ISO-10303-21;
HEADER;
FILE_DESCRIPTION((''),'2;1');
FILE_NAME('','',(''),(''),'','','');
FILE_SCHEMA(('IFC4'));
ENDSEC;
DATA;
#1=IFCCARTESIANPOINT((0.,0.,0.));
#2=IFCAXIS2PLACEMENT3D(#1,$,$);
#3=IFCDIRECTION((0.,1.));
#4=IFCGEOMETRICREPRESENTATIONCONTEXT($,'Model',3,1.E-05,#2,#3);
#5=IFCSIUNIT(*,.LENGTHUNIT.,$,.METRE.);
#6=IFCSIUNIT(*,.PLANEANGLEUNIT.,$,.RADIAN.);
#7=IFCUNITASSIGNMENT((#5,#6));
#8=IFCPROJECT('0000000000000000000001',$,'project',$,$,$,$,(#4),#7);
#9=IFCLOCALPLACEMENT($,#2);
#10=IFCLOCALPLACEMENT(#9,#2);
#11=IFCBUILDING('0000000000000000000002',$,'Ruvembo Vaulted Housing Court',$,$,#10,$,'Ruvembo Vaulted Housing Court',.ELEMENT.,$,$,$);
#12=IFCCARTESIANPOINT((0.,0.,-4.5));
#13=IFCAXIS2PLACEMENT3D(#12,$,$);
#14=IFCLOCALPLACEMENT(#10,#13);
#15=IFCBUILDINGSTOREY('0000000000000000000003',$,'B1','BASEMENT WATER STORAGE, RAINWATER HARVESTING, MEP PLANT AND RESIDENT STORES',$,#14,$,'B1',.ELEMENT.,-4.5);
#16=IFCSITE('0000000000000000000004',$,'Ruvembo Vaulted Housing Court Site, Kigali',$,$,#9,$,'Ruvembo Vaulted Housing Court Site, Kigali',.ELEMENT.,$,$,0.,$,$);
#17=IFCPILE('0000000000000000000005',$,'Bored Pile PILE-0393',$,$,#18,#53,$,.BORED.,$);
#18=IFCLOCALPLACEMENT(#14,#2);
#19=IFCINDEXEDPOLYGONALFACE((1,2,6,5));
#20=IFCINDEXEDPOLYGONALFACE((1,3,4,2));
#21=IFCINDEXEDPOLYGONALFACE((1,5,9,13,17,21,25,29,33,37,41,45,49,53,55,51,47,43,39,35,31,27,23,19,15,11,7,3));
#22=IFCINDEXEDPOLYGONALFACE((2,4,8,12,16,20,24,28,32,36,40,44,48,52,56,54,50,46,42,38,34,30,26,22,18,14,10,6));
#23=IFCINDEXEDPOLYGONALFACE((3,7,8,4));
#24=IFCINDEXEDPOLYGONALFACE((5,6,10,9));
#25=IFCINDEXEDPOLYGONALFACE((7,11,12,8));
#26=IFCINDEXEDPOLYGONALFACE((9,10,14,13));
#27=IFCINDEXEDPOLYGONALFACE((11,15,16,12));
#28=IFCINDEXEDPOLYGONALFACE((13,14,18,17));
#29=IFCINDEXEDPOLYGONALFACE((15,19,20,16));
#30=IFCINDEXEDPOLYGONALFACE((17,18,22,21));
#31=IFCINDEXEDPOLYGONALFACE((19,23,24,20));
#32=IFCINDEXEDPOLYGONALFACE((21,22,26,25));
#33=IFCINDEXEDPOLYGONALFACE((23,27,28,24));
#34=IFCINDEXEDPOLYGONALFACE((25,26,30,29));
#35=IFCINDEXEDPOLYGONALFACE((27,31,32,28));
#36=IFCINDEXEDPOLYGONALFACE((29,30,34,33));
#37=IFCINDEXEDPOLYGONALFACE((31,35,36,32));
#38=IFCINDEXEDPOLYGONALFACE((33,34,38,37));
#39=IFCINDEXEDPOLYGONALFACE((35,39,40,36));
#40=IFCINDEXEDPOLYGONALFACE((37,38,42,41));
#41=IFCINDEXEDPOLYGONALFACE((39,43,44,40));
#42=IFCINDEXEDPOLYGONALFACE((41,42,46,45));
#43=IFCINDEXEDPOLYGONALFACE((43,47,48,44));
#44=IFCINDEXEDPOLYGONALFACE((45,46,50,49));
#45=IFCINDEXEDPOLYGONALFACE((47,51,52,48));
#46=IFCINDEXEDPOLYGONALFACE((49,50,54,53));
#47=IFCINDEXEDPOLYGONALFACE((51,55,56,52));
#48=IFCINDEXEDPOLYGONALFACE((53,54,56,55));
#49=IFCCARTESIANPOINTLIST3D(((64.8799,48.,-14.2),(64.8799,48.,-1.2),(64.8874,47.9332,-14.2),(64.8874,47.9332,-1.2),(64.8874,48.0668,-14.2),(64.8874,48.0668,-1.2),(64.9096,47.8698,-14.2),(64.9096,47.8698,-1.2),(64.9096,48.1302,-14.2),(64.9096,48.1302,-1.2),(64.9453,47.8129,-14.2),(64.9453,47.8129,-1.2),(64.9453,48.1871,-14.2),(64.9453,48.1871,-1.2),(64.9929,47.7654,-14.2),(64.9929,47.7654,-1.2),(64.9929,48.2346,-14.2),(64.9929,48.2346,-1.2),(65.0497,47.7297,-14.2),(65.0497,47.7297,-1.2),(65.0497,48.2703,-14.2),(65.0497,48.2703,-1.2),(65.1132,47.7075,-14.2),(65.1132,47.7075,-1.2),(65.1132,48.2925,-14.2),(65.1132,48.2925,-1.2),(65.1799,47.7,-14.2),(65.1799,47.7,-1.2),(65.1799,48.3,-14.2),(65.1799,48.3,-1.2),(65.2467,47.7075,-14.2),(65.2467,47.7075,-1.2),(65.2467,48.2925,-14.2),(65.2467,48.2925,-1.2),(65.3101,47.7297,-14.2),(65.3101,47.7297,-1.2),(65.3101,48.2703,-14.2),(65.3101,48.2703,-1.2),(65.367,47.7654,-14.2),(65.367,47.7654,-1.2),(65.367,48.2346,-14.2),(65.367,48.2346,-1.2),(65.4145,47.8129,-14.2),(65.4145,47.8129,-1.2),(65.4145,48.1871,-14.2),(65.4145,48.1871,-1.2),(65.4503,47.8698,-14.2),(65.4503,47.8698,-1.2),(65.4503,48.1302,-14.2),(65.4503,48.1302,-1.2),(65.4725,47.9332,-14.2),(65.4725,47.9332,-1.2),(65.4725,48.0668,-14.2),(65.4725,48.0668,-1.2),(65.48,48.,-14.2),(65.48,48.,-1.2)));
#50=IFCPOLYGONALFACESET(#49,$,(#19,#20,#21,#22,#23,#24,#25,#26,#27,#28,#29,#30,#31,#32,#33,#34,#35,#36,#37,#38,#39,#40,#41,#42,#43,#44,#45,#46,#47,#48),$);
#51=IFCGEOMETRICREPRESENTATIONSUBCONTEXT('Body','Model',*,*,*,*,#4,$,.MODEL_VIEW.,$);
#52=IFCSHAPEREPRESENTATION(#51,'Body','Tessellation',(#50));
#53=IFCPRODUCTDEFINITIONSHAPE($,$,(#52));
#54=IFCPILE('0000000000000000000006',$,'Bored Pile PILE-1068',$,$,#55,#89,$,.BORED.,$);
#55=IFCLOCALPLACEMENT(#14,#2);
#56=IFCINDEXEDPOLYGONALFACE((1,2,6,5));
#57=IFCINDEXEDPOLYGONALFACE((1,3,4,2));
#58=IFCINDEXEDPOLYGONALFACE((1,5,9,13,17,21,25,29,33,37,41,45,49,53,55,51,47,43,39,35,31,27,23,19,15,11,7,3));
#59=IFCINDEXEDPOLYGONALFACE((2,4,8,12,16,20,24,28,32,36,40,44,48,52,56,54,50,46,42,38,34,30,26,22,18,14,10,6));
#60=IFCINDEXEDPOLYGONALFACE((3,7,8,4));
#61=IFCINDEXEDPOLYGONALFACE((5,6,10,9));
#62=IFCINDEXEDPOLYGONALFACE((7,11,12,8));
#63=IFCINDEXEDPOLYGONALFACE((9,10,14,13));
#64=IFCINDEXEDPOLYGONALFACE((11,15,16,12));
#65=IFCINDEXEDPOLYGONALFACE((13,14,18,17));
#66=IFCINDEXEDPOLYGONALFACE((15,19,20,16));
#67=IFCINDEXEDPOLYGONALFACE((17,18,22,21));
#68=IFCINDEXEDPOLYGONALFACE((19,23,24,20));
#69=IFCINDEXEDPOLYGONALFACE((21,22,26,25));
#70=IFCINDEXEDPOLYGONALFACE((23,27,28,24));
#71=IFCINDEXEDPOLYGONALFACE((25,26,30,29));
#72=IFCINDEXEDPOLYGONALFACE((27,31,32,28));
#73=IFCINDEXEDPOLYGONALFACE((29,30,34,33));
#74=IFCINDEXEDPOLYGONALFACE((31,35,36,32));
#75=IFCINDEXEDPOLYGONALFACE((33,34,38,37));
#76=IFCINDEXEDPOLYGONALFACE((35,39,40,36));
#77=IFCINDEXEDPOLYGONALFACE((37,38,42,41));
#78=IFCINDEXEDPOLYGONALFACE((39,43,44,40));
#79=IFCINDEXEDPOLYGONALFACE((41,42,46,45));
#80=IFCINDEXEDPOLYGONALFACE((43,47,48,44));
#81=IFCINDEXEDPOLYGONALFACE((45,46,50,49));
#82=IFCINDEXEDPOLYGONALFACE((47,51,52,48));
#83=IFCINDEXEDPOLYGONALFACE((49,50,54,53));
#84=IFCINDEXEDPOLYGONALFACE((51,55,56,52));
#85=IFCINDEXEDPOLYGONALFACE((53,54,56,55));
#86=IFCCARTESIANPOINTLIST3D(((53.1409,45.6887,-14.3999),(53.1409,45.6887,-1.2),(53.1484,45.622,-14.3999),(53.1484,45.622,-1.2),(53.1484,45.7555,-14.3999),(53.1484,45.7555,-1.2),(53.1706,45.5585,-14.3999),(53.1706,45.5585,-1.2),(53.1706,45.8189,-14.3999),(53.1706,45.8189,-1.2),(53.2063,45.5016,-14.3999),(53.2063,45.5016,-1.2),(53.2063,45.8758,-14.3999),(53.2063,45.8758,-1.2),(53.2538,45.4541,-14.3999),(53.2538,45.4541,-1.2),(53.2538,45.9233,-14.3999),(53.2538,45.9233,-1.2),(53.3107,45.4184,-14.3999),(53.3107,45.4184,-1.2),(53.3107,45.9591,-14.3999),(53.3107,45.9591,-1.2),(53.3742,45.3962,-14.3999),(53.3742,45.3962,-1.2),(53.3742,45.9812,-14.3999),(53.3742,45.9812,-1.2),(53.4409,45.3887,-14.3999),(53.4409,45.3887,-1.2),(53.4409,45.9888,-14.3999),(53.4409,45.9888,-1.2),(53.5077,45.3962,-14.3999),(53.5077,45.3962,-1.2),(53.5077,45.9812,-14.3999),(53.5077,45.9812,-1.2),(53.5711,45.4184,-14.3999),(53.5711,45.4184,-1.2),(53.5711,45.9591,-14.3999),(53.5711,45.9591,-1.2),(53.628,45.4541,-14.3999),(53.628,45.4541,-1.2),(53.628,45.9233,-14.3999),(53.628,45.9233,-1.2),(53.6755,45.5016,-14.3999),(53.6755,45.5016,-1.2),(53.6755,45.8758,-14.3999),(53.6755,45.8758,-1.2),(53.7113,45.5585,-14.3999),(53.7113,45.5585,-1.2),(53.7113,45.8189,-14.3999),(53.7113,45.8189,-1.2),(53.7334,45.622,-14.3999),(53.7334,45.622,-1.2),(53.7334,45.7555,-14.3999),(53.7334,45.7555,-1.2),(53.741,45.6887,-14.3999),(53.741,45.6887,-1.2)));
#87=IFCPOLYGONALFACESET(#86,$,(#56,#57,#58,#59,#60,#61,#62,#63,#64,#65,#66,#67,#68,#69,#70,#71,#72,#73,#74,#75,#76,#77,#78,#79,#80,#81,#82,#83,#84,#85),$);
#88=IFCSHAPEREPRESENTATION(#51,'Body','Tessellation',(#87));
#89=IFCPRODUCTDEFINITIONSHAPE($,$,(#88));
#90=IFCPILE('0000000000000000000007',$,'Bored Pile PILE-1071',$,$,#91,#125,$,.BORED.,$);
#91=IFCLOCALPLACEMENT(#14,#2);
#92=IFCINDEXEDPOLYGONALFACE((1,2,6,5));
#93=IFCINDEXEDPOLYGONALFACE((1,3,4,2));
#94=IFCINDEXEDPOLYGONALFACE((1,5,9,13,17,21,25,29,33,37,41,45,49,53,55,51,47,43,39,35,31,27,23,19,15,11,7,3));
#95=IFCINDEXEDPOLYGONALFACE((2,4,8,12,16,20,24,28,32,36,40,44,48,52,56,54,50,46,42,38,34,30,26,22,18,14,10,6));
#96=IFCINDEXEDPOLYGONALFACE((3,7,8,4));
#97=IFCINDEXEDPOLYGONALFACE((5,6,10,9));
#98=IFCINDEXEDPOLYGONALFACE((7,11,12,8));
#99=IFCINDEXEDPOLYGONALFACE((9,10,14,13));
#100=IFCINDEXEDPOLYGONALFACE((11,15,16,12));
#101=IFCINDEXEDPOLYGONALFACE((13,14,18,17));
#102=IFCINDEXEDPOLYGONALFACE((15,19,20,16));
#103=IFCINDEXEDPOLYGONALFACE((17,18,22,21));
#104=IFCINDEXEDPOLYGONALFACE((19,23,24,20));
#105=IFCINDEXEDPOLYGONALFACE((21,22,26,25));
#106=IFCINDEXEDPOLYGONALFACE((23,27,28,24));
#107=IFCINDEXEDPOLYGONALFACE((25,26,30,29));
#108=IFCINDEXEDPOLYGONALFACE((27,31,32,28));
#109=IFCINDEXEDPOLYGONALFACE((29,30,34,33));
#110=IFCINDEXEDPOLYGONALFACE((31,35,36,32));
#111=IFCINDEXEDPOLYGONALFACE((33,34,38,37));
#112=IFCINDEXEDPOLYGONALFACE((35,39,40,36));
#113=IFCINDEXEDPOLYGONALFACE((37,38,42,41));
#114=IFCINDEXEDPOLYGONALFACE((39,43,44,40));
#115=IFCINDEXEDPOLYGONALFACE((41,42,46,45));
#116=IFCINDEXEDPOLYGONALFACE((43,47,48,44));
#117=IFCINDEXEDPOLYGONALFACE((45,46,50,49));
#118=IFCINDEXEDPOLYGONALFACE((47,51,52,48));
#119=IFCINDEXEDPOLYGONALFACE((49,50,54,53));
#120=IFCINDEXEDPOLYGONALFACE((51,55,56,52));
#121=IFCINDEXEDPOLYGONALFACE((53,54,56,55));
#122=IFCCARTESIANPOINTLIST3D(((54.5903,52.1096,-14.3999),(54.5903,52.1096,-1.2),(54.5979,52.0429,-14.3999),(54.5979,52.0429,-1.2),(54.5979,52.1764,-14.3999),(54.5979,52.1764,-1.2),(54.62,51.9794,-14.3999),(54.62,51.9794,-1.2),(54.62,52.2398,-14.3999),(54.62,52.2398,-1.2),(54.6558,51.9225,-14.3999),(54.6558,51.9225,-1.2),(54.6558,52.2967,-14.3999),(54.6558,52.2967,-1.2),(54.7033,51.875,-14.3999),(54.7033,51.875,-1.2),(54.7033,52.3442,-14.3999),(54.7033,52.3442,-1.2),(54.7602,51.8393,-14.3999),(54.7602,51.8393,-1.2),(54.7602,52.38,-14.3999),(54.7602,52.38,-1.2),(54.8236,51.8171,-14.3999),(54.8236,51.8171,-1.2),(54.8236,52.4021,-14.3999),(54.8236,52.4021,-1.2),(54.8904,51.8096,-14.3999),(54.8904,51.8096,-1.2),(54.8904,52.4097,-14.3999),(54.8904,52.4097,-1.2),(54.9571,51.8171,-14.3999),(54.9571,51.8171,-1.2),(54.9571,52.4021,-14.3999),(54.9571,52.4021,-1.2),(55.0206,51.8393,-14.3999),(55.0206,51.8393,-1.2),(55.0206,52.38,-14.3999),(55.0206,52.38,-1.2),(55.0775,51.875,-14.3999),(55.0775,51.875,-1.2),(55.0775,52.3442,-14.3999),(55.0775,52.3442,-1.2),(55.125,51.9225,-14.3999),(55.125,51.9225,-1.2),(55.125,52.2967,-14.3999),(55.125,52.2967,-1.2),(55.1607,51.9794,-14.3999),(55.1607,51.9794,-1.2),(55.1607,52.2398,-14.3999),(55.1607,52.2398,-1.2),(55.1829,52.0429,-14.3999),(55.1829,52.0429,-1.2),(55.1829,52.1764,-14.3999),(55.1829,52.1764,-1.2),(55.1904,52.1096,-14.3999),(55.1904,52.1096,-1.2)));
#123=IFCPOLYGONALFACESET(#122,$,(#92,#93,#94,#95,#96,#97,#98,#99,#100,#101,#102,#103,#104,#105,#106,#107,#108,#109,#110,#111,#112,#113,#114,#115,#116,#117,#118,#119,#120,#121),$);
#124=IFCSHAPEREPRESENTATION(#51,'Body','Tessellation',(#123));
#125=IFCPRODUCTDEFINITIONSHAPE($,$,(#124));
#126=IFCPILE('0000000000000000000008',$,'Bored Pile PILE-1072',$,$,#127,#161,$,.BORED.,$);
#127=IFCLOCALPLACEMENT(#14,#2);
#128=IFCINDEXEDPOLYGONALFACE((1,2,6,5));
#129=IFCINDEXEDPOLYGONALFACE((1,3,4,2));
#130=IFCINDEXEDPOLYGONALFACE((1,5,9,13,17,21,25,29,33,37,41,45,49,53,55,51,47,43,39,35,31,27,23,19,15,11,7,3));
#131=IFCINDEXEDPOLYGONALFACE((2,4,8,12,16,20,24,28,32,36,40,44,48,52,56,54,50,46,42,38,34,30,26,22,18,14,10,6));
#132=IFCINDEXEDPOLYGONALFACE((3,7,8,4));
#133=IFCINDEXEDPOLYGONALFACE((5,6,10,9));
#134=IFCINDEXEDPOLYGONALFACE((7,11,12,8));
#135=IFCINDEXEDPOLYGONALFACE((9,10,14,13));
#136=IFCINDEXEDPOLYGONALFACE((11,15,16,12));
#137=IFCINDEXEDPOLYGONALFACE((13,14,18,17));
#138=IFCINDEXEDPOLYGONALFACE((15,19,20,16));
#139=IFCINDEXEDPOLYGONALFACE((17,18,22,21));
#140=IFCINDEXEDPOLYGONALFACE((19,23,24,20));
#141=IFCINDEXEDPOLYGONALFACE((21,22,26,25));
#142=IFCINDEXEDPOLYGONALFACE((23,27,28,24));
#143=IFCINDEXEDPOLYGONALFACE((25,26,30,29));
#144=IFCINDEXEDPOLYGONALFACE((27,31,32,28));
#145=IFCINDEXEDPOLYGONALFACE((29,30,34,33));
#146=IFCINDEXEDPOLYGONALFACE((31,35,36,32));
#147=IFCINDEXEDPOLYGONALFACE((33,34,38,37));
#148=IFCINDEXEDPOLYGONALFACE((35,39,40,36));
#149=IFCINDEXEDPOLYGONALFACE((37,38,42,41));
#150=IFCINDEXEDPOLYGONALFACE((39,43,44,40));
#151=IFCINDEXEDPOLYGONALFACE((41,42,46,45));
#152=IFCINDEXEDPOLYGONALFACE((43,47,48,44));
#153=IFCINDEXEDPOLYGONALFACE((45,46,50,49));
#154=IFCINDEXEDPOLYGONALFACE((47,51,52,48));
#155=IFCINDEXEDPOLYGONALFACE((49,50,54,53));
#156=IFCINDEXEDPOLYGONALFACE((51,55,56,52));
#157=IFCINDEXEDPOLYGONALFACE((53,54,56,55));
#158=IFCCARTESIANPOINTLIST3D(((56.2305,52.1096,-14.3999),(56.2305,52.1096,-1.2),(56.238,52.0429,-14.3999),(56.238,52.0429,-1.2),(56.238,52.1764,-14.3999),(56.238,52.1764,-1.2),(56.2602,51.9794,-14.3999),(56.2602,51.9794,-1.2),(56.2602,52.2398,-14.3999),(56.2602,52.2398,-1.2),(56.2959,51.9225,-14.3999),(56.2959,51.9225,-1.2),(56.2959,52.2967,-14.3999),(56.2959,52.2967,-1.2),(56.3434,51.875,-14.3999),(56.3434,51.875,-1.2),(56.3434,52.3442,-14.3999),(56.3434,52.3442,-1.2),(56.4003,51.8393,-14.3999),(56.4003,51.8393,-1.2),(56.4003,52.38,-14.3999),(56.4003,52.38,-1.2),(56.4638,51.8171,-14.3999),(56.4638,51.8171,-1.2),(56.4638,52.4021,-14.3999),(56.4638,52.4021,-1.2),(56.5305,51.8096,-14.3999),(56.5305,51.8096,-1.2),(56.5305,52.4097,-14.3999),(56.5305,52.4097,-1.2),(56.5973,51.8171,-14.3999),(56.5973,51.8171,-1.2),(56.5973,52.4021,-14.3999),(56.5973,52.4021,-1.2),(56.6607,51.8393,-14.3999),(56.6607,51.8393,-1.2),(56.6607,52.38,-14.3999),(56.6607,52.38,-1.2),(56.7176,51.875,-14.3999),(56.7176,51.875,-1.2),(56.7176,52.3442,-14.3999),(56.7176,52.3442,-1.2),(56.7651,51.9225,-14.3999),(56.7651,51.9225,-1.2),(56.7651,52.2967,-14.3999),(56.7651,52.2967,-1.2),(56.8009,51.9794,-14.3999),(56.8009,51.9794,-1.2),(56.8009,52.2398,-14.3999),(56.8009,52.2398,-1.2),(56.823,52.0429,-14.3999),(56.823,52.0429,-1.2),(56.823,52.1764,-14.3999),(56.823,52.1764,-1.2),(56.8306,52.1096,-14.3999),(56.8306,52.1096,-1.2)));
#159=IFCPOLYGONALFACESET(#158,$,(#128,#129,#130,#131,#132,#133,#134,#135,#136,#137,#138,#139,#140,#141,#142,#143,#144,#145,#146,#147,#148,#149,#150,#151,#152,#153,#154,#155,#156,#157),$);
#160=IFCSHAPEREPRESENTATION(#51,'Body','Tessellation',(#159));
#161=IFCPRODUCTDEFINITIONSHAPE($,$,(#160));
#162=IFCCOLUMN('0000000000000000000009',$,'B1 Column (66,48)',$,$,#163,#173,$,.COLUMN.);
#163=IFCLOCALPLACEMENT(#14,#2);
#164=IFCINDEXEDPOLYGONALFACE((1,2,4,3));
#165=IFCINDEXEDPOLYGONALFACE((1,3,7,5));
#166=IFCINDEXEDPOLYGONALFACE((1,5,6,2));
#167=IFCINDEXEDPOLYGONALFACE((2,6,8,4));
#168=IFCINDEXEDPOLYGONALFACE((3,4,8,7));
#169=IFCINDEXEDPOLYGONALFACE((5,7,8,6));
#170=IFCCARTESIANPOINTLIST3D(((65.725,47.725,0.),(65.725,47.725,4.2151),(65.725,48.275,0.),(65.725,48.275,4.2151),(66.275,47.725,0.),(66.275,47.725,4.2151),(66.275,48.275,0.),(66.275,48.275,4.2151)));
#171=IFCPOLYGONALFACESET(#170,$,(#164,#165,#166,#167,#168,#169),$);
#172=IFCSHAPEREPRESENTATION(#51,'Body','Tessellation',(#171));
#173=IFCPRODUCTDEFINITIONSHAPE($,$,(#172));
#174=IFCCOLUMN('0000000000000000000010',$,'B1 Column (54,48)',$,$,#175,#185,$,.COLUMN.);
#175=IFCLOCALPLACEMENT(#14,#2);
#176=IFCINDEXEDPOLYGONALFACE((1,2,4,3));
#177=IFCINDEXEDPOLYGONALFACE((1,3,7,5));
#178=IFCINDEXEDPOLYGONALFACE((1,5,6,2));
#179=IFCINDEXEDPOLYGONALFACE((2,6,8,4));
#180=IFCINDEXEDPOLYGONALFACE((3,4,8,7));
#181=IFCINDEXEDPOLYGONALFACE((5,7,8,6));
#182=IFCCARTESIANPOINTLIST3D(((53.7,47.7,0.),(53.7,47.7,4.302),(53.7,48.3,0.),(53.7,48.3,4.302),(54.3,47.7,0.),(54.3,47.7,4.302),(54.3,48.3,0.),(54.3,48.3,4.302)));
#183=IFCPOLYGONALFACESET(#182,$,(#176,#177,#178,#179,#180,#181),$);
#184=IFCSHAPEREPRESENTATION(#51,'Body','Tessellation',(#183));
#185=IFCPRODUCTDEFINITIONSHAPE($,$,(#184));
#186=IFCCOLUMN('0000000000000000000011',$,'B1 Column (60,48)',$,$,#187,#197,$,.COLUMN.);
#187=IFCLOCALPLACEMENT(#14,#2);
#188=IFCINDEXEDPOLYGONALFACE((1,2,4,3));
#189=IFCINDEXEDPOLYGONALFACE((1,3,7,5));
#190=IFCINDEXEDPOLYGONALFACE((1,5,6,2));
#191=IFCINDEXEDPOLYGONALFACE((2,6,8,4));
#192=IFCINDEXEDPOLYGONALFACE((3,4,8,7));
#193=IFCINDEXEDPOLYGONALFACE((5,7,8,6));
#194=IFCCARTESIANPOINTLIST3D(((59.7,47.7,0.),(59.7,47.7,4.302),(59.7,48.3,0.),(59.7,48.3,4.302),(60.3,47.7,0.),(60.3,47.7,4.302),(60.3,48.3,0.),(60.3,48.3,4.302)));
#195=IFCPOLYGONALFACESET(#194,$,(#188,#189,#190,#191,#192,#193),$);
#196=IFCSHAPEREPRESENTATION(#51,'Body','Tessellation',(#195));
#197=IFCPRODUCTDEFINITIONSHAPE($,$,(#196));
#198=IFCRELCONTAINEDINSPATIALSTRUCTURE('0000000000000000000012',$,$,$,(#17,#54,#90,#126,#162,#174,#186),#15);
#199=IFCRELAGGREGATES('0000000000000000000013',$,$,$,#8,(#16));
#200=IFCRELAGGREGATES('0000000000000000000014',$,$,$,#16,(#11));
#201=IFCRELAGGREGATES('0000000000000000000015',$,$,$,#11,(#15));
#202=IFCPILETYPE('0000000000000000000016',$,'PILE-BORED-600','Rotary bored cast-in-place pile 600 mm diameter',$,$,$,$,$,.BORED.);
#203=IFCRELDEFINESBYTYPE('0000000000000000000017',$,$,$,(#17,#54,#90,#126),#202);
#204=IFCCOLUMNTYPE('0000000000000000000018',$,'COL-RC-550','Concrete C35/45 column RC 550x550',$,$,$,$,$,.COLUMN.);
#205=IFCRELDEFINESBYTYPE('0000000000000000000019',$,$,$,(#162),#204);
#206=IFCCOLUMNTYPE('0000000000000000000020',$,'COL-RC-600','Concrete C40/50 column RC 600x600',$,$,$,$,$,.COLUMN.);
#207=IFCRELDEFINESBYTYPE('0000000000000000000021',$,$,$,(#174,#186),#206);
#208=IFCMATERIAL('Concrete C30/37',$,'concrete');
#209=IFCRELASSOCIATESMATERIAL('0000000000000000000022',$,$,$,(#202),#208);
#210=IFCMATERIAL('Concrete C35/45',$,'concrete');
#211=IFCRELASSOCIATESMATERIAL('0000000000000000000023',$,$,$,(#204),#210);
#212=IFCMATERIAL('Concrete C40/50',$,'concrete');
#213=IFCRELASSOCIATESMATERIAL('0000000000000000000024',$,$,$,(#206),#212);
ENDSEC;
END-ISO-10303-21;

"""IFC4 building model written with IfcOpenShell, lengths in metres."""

from ifc_helpers import new_model, si_unit, direction, frame, origin, origin_2d, place, context, subcontext, project, spatial, rectangle, circle, extrude, material, material_profile, profile_set, type_object, element, save


model = new_model("IFC4")

# Units and contexts
model_context = context("Model", 3, precision=1e-05, world=origin(), true_north=direction((0.0, 1.0)))
body_context = subcontext(model_context, "Body", "Model", "MODEL_VIEW")
ifc_project = project(units=[si_unit("LENGTHUNIT", "METRE"), si_unit("PLANEANGLEUNIT", "RADIAN")], contexts=[model_context])

# Site, building, storey
site_placement = place(None, origin())
site = spatial("IfcSite", under=ifc_project, at=site_placement, Name="Ruvembo Vaulted Housing Court Site, Kigali", LongName="Ruvembo Vaulted Housing Court Site, Kigali", CompositionType="ELEMENT", RefElevation=0.0)
building_placement = place(site_placement, origin())
building = spatial("IfcBuilding", under=site, at=building_placement, Name="Ruvembo Vaulted Housing Court", LongName="Ruvembo Vaulted Housing Court", CompositionType="ELEMENT")
storey_placement = place(building_placement, frame((0.0, 0.0, -4.5)))
storey = spatial("IfcBuildingStorey", under=building, at=storey_placement, Name="B1", Description="BASEMENT WATER STORAGE, RAINWATER HARVESTING, MEP PLANT AND RESIDENT STORES", LongName="B1", CompositionType="ELEMENT", Elevation=-4.5)

# Shared definitions
ifc_material_1 = material(Name="Concrete C35/45", Category="concrete")

# Piles
ifc_material_2 = material(Name="Concrete C30/37", Category="concrete")
ifc_material_profile_1 = material_profile(ifc_material_2, circle(Radius=0.3, at=origin_2d()), Name="PILE D600")
ifc_profile_set_1 = profile_set([ifc_material_profile_1], Name="Concrete C30/37")
pile_type = type_object("IfcPileType", Name="PILE-BORED-600", Description="Rotary bored cast-in-place pile 600 mm diameter", PredefinedType="BORED", material=ifc_profile_set_1)
for number, where, z_axis, x_axis, name in (
    (1, (65.1799, 48.0, -1.2), (0.0, 0.0, -1.0), (1.0, 0.0, 0.0), "Bored Pile PILE-0393"),
):
    element("IfcPile", number, at=place(storey_placement, frame(where, z_axis=z_axis, x_axis=x_axis)), inside=storey, type_object=pile_type, Name=name, PredefinedType="BORED", context=body_context, shape_type="SweptSolid", body=[
        extrude(circle(Radius=0.3, at=origin_2d()), origin(), (0.0, 0.0, 1.0), 13.0),
    ])
for number, where, z_axis, x_axis, name in (
    (2, (53.4409, 45.6887, -1.2), (0.0, 0.0, -1.0), (1.0, 0.0, 0.0), "Bored Pile PILE-1068"),
    (3, (54.8904, 52.1096, -1.2), (0.0, 0.0, -1.0), (1.0, 0.0, 0.0), "Bored Pile PILE-1071"),
    (4, (56.5305, 52.1096, -1.2), (0.0, 0.0, -1.0), (1.0, 0.0, 0.0), "Bored Pile PILE-1072"),
):
    element("IfcPile", number, at=place(storey_placement, frame(where, z_axis=z_axis, x_axis=x_axis)), inside=storey, type_object=pile_type, Name=name, PredefinedType="BORED", context=body_context, shape_type="SweptSolid", body=[
        extrude(circle(Radius=0.3, at=origin_2d()), origin(), (0.0, 0.0, 1.0), 13.2),
    ])

# Columns
ifc_material_profile_2 = material_profile(ifc_material_1, rectangle(XDim=0.55, YDim=0.55, at=origin_2d()), Name="RC 550x550")
ifc_profile_set_2 = profile_set([ifc_material_profile_2], Name="Concrete C35/45")
column_type_1 = type_object("IfcColumnType", Name="COL-RC-550", Description="Concrete C35/45 column RC 550x550", PredefinedType="COLUMN", material=ifc_profile_set_2)
column_1_placement = place(storey_placement, frame((66.0, 48.0, 0.0), z_axis=(0.0, 0.0, 1.0), x_axis=(1.0, 0.0, 0.0)))
element("IfcColumn", 5, at=column_1_placement, inside=storey, type_object=column_type_1, Name="B1 Column (66,48)", PredefinedType="COLUMN", context=body_context, shape_type="SweptSolid", body=[
    extrude(rectangle(XDim=0.55, YDim=0.55, at=origin_2d()), origin(), (0.0, 0.0, 1.0), 4.2151),
])
ifc_material_3 = material(Name="Concrete C40/50", Category="concrete")
ifc_material_profile_3 = material_profile(ifc_material_3, rectangle(XDim=0.6001, YDim=0.6001, at=origin_2d()), Name="RC 600x600")
ifc_profile_set_3 = profile_set([ifc_material_profile_3], Name="Concrete C40/50")
column_type_2 = type_object("IfcColumnType", Name="COL-RC-600", Description="Concrete C40/50 column RC 600x600", PredefinedType="COLUMN", material=ifc_profile_set_3)
for number, where, z_axis, x_axis, name in (
    (6, (54.0, 48.0, 0.0), (0.0, 0.0, 1.0), (1.0, 0.0, 0.0), "B1 Column (54,48)"),
    (7, (60.0, 48.0, 0.0), (0.0, 0.0, 1.0), (1.0, 0.0, 0.0), "B1 Column (60,48)"),
):
    element("IfcColumn", number, at=place(storey_placement, frame(where, z_axis=z_axis, x_axis=x_axis)), inside=storey, type_object=column_type_2, Name=name, PredefinedType="COLUMN", context=body_context, shape_type="SweptSolid", body=[
        extrude(rectangle(XDim=0.6001, YDim=0.6001, at=origin_2d()), origin(), (0.0, 0.0, 1.0), 4.302),
    ])

save(model, "model.ifc")
